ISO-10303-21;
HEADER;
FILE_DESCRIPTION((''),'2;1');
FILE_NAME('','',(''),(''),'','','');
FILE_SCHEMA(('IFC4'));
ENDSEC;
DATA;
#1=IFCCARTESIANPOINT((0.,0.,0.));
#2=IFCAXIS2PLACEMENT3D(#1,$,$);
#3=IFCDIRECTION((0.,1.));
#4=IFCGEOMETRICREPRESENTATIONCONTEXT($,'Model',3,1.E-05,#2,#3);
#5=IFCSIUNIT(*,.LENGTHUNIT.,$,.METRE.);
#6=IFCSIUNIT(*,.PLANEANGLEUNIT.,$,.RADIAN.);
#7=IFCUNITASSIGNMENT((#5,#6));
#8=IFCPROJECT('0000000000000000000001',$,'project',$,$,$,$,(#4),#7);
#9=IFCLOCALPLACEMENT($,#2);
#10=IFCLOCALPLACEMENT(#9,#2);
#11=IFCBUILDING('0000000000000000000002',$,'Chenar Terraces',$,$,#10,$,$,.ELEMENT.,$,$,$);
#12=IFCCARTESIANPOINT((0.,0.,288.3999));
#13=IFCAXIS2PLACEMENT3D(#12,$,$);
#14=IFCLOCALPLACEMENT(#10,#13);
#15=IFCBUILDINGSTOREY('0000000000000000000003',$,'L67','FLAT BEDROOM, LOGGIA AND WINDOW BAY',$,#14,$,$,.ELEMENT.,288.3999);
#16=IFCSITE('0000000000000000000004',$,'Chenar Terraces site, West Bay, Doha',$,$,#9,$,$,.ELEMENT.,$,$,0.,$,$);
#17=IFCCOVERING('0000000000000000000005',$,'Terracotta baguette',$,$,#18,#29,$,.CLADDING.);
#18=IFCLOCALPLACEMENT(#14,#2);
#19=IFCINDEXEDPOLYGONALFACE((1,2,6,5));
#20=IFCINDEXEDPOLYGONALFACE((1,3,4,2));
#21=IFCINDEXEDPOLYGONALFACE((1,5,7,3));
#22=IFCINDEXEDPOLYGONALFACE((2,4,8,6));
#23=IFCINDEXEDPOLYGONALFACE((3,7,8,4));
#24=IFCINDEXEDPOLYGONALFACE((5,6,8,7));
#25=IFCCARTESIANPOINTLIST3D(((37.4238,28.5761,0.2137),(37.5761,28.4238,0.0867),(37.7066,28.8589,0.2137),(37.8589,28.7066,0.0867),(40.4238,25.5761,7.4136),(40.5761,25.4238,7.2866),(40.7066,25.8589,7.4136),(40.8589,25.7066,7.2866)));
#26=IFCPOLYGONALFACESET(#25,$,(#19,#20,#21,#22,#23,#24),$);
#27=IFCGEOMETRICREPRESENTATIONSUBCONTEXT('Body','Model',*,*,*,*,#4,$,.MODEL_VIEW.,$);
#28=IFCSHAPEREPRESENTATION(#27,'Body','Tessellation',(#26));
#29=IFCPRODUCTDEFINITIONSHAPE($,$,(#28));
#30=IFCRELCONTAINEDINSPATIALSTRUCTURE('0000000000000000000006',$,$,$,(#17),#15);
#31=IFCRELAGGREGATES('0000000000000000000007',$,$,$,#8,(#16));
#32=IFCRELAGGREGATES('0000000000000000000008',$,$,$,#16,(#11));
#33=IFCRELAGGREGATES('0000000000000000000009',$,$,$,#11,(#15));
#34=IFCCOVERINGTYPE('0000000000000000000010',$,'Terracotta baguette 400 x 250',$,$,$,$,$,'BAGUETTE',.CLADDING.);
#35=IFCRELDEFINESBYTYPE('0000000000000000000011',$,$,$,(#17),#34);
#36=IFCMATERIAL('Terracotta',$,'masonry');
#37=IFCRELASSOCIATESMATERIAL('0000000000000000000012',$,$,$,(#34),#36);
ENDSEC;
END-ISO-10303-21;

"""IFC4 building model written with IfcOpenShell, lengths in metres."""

from ifc_helpers import new_model, si_unit, direction, frame, origin, origin_2d, place, context, subcontext, project, spatial, rectangle, extrude, material, material_profile, profile_set, type_object, element, save


model = new_model("IFC4")

# Units and contexts
model_context = context("Model", 3, precision=1e-05, world=origin(), true_north=direction((0.0, 1.0)))
body_context = subcontext(model_context, "Body", "Model", "MODEL_VIEW")
ifc_project = project(units=[si_unit("LENGTHUNIT", "METRE"), si_unit("PLANEANGLEUNIT", "RADIAN")], contexts=[model_context])

# Site, building, storey
site_placement = place(None, origin())
site = spatial("IfcSite", under=ifc_project, at=site_placement, Name="Chenar Terraces site, West Bay, Doha", CompositionType="ELEMENT", RefElevation=0.0)
building_placement = place(site_placement, origin())
building = spatial("IfcBuilding", under=site, at=building_placement, Name="Chenar Terraces", CompositionType="ELEMENT")
storey_placement = place(building_placement, frame((0.0, 0.0, 288.3999)))
storey = spatial("IfcBuildingStorey", under=building, at=storey_placement, Name="L67", Description="FLAT BEDROOM, LOGGIA AND WINDOW BAY", CompositionType="ELEMENT", Elevation=288.3999)

# Covering
ifc_material_1 = material(Name="Terracotta", Category="masonry")
ifc_material_profile_1 = material_profile(ifc_material_1, rectangle(XDim=0.3999, YDim=0.25, at=origin_2d()), Name="Terracotta baguette 400 x 250")
ifc_profile_set_1 = profile_set([ifc_material_profile_1], Name="Terracotta")
covering_type = type_object("IfcCoveringType", Name="Terracotta baguette 400 x 250", ElementType="BAGUETTE", PredefinedType="CLADDING", material=ifc_profile_set_1)
covering_1_placement = place(storey_placement, frame((40.6414, 25.6414, 7.3501), z_axis=(-0.358981, 0.358981, -0.861548), x_axis=(-0.707107, -0.707107, 0.0)))
element("IfcCovering", 1, at=covering_1_placement, inside=storey, type_object=covering_type, Name="Terracotta baguette", PredefinedType="CLADDING", context=body_context, shape_type="SweptSolid", body=[
    extrude(rectangle(XDim=0.3999, YDim=0.25, at=origin_2d()), origin(), (0.0, 0.0, 1.0), 8.3569),
])

save(model, "model.ifc")
